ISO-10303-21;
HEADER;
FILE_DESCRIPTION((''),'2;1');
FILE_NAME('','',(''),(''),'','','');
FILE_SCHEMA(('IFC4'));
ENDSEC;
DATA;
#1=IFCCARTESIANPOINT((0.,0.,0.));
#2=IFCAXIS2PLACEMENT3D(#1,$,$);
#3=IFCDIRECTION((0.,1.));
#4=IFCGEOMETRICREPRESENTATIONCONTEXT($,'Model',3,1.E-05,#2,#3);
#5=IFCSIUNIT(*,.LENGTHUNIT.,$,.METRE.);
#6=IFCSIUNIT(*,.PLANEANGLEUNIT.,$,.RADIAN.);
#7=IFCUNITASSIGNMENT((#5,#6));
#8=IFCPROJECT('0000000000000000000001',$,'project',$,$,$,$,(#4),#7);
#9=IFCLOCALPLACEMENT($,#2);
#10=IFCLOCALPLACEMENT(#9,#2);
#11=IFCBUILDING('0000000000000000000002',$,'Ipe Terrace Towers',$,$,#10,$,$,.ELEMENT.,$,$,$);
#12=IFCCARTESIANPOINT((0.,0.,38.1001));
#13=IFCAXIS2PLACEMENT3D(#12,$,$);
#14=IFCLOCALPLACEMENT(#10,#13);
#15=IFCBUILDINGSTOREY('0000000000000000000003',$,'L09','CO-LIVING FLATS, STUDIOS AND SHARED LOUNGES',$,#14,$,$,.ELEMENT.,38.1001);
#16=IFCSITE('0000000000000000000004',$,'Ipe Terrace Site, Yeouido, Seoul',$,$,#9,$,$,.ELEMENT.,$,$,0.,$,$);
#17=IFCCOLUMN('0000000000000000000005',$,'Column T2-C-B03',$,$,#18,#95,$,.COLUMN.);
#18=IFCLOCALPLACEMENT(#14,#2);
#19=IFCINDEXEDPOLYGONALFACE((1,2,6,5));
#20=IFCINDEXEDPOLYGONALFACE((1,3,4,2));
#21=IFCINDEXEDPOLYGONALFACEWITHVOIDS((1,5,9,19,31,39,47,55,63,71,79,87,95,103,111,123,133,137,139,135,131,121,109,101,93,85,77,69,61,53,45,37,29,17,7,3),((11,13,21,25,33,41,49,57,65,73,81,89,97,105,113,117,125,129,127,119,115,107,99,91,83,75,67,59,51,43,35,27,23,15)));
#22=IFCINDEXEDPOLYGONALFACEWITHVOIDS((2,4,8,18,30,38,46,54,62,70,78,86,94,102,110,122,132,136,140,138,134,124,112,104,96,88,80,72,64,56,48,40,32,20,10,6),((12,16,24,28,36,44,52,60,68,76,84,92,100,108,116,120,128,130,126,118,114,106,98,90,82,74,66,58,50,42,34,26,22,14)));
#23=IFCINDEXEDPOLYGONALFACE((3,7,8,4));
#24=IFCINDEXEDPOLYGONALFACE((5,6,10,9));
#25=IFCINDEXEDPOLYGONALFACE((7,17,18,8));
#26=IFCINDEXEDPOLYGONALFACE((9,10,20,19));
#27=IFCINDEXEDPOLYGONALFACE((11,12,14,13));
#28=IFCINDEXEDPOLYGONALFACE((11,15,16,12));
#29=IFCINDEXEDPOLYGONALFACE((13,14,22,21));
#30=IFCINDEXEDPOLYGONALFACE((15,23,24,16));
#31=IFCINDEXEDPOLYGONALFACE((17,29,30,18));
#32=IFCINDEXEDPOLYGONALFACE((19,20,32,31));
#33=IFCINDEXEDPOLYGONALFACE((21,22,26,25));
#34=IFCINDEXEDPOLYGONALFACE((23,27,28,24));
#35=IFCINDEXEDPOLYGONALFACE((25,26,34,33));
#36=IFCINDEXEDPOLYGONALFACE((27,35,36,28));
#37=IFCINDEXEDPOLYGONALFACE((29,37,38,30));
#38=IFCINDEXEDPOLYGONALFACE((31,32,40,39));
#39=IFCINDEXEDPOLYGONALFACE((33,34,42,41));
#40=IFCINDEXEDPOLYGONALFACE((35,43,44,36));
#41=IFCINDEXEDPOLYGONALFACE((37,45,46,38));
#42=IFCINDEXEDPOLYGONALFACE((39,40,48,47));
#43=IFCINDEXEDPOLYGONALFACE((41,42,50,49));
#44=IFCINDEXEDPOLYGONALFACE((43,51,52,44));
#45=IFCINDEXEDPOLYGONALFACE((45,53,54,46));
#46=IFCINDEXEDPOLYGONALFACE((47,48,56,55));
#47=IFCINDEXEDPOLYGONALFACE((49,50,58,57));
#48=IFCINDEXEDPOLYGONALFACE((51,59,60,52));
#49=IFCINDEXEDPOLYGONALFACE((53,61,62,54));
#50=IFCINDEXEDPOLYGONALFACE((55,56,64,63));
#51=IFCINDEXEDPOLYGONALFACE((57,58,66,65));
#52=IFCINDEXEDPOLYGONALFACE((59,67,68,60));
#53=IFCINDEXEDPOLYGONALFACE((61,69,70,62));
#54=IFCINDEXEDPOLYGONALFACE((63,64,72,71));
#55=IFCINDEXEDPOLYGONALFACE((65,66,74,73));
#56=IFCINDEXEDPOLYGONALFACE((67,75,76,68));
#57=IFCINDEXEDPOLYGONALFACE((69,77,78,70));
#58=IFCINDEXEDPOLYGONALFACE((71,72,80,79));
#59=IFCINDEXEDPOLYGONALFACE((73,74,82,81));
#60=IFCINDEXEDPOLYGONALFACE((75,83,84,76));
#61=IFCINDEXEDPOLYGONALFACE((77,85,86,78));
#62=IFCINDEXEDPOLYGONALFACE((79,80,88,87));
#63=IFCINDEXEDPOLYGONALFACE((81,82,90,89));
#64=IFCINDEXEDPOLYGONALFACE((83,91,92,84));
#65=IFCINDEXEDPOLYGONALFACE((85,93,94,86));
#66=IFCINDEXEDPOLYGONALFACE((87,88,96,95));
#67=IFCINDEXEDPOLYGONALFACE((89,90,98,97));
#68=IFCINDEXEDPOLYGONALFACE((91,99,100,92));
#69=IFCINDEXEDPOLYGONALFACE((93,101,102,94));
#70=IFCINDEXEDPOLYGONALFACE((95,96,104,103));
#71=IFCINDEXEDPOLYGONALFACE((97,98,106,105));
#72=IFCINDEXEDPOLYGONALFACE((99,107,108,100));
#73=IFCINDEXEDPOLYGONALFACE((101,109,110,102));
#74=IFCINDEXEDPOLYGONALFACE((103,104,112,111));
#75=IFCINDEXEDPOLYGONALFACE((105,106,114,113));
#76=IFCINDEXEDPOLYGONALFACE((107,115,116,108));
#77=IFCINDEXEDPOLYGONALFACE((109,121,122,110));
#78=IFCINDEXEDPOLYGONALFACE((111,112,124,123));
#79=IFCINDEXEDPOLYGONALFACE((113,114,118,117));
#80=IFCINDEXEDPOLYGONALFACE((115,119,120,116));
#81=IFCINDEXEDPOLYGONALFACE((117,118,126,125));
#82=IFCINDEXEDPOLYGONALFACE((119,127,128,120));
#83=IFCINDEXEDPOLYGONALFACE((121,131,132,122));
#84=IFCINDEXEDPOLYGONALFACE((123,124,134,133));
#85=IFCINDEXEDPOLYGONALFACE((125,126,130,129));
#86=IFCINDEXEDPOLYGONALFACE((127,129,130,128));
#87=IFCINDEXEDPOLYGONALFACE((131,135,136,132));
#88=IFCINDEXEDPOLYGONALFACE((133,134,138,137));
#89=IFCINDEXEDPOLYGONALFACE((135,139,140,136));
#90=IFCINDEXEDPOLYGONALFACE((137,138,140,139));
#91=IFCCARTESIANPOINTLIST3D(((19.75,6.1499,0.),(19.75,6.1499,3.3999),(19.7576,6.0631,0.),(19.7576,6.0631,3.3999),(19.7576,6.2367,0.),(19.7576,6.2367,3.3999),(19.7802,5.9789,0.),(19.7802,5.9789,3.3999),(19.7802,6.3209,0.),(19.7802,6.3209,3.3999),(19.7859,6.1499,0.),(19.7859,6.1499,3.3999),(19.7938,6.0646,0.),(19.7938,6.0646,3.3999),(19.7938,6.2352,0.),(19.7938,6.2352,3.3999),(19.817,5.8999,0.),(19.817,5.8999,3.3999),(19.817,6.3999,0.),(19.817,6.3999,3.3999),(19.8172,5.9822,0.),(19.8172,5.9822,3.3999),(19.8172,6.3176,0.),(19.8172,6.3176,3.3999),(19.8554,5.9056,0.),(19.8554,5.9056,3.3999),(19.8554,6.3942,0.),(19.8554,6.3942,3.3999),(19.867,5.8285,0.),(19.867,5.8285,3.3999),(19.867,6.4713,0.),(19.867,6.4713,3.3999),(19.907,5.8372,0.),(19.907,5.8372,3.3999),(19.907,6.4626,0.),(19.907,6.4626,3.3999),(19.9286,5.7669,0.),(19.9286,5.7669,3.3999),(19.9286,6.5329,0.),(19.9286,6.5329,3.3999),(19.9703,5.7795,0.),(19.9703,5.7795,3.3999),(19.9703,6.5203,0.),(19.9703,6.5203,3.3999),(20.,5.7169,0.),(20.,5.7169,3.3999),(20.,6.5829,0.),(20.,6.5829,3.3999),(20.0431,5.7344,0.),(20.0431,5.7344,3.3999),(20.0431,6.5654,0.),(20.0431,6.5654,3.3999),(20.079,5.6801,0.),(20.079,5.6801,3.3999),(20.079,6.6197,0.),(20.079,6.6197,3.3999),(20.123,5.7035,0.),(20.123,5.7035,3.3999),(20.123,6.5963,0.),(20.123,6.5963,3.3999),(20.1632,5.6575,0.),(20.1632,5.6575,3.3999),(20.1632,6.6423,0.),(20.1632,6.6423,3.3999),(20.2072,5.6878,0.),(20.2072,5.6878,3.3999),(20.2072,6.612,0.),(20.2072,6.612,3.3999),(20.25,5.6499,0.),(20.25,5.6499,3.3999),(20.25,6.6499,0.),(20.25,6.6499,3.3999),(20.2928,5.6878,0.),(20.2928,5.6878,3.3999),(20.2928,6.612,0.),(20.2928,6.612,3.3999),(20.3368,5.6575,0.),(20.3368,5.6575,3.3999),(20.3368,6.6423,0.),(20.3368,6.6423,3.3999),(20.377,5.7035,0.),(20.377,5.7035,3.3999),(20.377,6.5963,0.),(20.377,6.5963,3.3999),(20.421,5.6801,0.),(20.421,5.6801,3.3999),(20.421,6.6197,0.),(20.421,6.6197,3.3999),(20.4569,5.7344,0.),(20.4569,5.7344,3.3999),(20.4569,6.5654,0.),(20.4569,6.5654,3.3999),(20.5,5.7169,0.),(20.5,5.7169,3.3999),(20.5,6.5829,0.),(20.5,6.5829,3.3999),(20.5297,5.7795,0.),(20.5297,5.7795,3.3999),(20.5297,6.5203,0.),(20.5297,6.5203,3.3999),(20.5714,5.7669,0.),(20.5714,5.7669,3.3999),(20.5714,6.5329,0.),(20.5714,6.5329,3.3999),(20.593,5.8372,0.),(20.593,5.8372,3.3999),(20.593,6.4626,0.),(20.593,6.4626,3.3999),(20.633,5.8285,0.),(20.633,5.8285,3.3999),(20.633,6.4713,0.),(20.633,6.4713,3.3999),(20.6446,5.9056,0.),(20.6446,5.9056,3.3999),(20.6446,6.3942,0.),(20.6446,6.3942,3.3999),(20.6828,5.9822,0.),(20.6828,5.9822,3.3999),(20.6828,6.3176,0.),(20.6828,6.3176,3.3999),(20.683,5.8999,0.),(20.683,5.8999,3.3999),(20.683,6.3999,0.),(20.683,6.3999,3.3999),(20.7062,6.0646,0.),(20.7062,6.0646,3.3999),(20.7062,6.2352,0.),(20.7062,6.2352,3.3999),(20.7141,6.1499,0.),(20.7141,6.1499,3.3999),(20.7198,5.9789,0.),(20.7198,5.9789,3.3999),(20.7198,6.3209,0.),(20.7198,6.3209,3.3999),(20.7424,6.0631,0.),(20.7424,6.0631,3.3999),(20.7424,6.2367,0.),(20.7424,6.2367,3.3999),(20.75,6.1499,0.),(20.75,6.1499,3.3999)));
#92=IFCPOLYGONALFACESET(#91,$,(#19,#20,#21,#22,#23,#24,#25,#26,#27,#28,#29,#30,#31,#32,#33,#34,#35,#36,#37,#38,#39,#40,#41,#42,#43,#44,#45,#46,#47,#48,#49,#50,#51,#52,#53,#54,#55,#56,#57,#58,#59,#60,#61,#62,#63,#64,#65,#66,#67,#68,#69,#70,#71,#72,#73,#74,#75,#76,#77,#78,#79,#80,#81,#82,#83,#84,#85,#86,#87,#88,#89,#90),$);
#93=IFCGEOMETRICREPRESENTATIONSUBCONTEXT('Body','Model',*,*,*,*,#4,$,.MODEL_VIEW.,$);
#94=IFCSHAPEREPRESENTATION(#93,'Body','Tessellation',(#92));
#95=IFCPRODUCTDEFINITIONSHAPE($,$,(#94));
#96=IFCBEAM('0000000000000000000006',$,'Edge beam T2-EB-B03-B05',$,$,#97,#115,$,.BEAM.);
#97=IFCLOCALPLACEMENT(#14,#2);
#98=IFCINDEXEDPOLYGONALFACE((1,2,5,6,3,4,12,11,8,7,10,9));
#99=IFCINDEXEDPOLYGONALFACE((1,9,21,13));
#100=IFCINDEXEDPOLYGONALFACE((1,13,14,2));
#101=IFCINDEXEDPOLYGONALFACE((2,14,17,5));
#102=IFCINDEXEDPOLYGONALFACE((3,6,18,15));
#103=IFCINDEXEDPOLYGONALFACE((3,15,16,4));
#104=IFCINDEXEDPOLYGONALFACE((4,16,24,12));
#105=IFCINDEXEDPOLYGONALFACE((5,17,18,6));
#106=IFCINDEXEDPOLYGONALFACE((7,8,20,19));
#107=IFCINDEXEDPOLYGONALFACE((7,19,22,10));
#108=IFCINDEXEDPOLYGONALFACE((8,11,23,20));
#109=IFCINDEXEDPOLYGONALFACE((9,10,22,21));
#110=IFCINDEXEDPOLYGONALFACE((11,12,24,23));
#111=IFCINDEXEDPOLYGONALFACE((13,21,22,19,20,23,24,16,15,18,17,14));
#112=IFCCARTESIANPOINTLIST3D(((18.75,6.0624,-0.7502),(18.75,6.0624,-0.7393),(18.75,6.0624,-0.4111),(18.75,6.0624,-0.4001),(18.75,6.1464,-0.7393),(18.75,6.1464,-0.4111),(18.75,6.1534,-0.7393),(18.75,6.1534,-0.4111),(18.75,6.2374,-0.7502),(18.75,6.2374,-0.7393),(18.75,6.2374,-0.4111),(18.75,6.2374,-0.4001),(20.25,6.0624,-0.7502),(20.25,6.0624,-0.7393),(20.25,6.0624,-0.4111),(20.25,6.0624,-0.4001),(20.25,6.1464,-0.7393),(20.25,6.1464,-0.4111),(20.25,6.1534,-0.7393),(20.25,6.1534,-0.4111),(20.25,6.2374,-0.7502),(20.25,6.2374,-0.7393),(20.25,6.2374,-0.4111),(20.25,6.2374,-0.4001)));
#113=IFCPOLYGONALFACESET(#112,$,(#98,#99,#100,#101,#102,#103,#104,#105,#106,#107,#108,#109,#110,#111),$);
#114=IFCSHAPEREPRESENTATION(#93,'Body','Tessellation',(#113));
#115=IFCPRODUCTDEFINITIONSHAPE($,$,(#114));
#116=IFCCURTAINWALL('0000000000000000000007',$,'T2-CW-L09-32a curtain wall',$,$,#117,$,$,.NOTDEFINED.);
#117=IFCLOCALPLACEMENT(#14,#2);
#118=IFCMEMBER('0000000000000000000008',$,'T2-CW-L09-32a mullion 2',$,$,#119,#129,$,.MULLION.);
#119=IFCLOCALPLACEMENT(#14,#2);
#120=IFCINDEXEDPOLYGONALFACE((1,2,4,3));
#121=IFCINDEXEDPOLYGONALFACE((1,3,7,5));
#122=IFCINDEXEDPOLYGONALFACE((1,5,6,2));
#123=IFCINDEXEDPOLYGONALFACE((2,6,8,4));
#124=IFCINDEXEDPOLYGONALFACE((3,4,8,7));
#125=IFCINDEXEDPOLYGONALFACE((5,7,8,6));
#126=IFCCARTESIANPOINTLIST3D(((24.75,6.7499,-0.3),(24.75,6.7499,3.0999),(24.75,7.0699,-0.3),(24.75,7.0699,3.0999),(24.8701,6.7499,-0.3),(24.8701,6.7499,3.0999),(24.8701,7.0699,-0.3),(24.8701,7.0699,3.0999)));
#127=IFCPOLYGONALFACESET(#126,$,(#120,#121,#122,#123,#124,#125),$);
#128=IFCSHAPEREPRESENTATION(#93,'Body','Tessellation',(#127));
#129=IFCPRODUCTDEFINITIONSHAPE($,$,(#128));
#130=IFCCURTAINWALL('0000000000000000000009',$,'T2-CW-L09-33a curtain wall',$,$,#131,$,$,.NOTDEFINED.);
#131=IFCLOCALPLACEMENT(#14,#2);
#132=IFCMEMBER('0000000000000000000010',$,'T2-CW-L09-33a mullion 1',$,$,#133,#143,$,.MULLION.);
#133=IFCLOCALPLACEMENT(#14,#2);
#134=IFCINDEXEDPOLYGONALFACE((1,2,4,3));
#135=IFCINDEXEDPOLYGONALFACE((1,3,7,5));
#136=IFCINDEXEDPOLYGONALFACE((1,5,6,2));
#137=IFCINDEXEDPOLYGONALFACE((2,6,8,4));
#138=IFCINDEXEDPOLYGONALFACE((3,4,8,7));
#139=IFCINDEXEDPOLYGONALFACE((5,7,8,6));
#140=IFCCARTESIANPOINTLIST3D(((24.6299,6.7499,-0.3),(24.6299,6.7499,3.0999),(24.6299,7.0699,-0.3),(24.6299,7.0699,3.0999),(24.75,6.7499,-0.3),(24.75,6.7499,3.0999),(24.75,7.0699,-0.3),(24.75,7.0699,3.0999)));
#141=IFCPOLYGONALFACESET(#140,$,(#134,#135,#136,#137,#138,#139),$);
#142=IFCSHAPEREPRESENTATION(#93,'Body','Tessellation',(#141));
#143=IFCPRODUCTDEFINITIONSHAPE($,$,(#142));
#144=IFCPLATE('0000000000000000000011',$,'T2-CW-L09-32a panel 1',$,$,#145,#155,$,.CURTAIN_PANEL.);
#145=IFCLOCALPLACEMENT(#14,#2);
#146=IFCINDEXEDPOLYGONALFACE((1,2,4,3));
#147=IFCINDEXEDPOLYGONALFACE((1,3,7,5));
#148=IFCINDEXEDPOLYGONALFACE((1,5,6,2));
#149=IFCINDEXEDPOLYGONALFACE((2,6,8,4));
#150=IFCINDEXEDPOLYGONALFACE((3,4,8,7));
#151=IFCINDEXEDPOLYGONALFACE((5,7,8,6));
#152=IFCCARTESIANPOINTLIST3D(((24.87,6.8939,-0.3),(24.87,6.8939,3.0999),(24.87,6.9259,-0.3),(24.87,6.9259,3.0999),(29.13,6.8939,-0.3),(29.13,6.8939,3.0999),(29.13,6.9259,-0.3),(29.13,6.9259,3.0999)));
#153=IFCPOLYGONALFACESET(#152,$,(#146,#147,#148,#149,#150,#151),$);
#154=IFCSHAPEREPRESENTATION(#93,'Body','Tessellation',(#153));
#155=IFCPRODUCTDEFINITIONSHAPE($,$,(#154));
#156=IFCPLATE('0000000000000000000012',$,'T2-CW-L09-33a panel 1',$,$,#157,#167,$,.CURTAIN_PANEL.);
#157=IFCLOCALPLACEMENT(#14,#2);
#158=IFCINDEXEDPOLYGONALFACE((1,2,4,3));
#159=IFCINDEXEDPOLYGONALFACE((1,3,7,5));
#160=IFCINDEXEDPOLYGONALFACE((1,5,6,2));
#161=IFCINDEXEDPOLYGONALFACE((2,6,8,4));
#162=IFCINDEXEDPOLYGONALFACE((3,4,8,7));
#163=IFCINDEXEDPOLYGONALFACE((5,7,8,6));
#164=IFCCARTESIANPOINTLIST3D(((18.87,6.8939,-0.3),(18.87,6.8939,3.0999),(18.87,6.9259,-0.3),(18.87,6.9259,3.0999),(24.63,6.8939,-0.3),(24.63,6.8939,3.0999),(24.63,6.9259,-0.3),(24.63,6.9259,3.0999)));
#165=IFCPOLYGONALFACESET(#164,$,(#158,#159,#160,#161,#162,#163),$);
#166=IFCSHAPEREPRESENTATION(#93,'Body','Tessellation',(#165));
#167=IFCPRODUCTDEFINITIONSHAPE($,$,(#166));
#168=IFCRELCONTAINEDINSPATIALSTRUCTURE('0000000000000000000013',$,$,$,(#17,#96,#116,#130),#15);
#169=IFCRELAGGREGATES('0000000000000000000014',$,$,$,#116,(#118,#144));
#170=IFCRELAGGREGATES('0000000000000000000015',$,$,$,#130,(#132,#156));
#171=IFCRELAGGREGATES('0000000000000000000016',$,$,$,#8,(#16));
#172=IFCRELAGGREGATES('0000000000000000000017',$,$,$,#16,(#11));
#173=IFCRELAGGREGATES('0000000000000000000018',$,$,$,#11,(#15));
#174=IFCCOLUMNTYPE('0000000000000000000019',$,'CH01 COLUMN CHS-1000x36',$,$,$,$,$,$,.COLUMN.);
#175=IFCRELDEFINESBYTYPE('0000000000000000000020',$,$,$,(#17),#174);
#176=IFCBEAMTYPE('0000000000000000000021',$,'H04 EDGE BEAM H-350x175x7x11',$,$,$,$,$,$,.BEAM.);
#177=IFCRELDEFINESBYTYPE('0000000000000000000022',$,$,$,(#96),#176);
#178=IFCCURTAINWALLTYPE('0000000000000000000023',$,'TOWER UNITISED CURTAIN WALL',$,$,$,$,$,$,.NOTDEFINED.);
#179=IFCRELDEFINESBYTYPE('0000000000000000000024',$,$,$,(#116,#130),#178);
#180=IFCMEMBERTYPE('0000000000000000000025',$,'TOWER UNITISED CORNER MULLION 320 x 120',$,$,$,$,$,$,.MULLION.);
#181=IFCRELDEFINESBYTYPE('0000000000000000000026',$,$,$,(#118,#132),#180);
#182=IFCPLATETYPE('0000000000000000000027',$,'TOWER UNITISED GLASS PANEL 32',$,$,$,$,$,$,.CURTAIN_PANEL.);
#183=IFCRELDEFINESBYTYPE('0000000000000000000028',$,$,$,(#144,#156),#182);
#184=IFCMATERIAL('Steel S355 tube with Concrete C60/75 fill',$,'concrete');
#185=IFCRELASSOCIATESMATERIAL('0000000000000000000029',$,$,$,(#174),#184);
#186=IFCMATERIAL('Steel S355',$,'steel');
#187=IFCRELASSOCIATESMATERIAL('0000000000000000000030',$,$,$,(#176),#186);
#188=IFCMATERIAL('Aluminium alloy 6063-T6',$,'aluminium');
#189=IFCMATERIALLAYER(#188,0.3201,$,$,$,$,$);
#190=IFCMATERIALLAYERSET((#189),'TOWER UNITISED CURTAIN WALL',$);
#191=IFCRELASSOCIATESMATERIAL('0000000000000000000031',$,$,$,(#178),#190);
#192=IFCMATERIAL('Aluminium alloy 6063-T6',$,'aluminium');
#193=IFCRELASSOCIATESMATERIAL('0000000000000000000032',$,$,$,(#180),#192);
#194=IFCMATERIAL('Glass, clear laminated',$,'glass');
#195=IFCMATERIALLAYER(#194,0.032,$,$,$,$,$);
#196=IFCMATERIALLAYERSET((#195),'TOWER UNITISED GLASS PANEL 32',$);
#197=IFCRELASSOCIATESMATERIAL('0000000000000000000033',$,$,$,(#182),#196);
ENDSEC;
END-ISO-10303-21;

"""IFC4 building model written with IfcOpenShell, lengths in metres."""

from ifc_helpers import new_model, si_unit, direction, frame, origin, origin_2d, place, context, subcontext, project, spatial, rectangle, hollow_circle, i_section, extrude, material, layer, layer_set, material_profile, profile_set, type_object, element, aggregate, save


model = new_model("IFC4")

# Units and contexts
model_context = context("Model", 3, precision=1e-05, world=origin(), true_north=direction((0.0, 1.0)))
body_context = subcontext(model_context, "Body", "Model", "MODEL_VIEW")
ifc_project = project(units=[si_unit("LENGTHUNIT", "METRE"), si_unit("PLANEANGLEUNIT", "RADIAN")], contexts=[model_context])

# Site, building, storey
site_placement = place(None, origin())
site = spatial("IfcSite", under=ifc_project, at=site_placement, Name="Ipe Terrace Site, Yeouido, Seoul", CompositionType="ELEMENT", RefElevation=0.0)
building_placement = place(site_placement, origin())
building = spatial("IfcBuilding", under=site, at=building_placement, Name="Ipe Terrace Towers", CompositionType="ELEMENT")
storey_placement = place(building_placement, frame((0.0, 0.0, 38.1001)))
storey = spatial("IfcBuildingStorey", under=building, at=storey_placement, Name="L09", Description="CO-LIVING FLATS, STUDIOS AND SHARED LOUNGES", CompositionType="ELEMENT", Elevation=38.1001)

# Column
ifc_material_1 = material(Name="Steel S355 tube with Concrete C60/75 fill", Category="concrete")
ifc_material_profile_1 = material_profile(ifc_material_1, hollow_circle(Radius=0.5, WallThickness=0.0359, at=origin_2d()), Name="CHS-1000x36")
ifc_profile_set_1 = profile_set([ifc_material_profile_1], Name="Steel S355 tube with Concrete C60/75 fill")
column_type = type_object("IfcColumnType", Name="CH01 COLUMN CHS-1000x36", PredefinedType="COLUMN", material=ifc_profile_set_1)
column_placement = place(storey_placement, frame((20.25, 6.1499, 0.0), z_axis=(0.0, 0.0, 1.0), x_axis=(1.0, 0.0, 0.0)))
element("IfcColumn", 1, at=column_placement, inside=storey, type_object=column_type, Name="Column T2-C-B03", PredefinedType="COLUMN", context=body_context, shape_type="SweptSolid", body=[
    extrude(hollow_circle(Radius=0.5, WallThickness=0.0359, at=origin_2d()), origin(), (0.0, 0.0, 1.0), 3.3999),
])

# Beam
ifc_material_2 = material(Name="Steel S355", Category="steel")
ifc_material_profile_2 = material_profile(ifc_material_2, i_section(OverallWidth=0.175, OverallDepth=0.3501, WebThickness=0.0071, FlangeThickness=0.011, at=origin_2d()), Name="H-350x175x7x11")
ifc_profile_set_2 = profile_set([ifc_material_profile_2], Name="Steel S355")
beam_type = type_object("IfcBeamType", Name="H04 EDGE BEAM H-350x175x7x11", PredefinedType="BEAM", material=ifc_profile_set_2)
beam_placement = place(storey_placement, frame((20.25, 6.1499, -0.5752), z_axis=(-1.0, 0.0, 0.0), x_axis=(0.0, -1.0, 0.0)))
element("IfcBeam", 2, at=beam_placement, inside=storey, type_object=beam_type, Name="Edge beam T2-EB-B03-B05", PredefinedType="BEAM", context=body_context, shape_type="SweptSolid", body=[
    extrude(i_section(OverallWidth=0.175, OverallDepth=0.3501, WebThickness=0.0071, FlangeThickness=0.011, at=origin_2d()), origin(), (0.0, 0.0, 1.0), 1.5),
])

# Curtain walls, members
ifc_material_3 = material(Name="Aluminium alloy 6063-T6", Category="aluminium")
ifc_layer_1 = layer(ifc_material_3, 0.3201)
ifc_layer_set_1 = layer_set([ifc_layer_1], Name="TOWER UNITISED CURTAIN WALL")
curtain_wall_type = type_object("IfcCurtainWallType", Name="TOWER UNITISED CURTAIN WALL", PredefinedType="NOTDEFINED", material=ifc_layer_set_1)
curtain_wall_1_placement = place(storey_placement, origin())
curtain_wall_1 = element("IfcCurtainWall", 3, at=curtain_wall_1_placement, inside=storey, type_object=curtain_wall_type, Name="T2-CW-L09-32a curtain wall", PredefinedType="NOTDEFINED")
ifc_material_4 = material(Name="Aluminium alloy 6063-T6", Category="aluminium")
ifc_material_profile_3 = material_profile(ifc_material_4, rectangle(XDim=0.3201, YDim=0.1201, at=origin_2d()), Name="TOWER UNITISED CORNER MULLION 320 x 120")
ifc_profile_set_3 = profile_set([ifc_material_profile_3], Name="Aluminium alloy 6063-T6")
member_type = type_object("IfcMemberType", Name="TOWER UNITISED CORNER MULLION 320 x 120", PredefinedType="MULLION", material=ifc_profile_set_3)
member_1_placement = place(storey_placement, frame((24.8101, 6.9099, -0.3), z_axis=(0.0, 0.0, 1.0), x_axis=(0.0, 1.0, 0.0)))
member_1 = element("IfcMember", 4, at=member_1_placement, type_object=member_type, Name="T2-CW-L09-32a mullion 2", PredefinedType="MULLION", context=body_context, shape_type="SweptSolid", body=[
    extrude(rectangle(XDim=0.3201, YDim=0.1201, at=origin_2d()), origin(), (0.0, 0.0, 1.0), 3.3999),
])
curtain_wall_2_placement = place(storey_placement, origin())
curtain_wall_2 = element("IfcCurtainWall", 5, at=curtain_wall_2_placement, inside=storey, type_object=curtain_wall_type, Name="T2-CW-L09-33a curtain wall", PredefinedType="NOTDEFINED")
member_2_placement = place(storey_placement, frame((24.6899, 6.9099, -0.3), z_axis=(0.0, 0.0, 1.0), x_axis=(0.0, 1.0, 0.0)))
member_2 = element("IfcMember", 6, at=member_2_placement, type_object=member_type, Name="T2-CW-L09-33a mullion 1", PredefinedType="MULLION", context=body_context, shape_type="SweptSolid", body=[
    extrude(rectangle(XDim=0.3201, YDim=0.1201, at=origin_2d()), origin(), (0.0, 0.0, 1.0), 3.3999),
])

# Plates
ifc_material_5 = material(Name="Glass, clear laminated", Category="glass")
ifc_layer_2 = layer(ifc_material_5, 0.032)
ifc_layer_set_2 = layer_set([ifc_layer_2], Name="TOWER UNITISED GLASS PANEL 32")
plate_type = type_object("IfcPlateType", Name="TOWER UNITISED GLASS PANEL 32", PredefinedType="CURTAIN_PANEL", material=ifc_layer_set_2)
plate_1_placement = place(storey_placement, frame((27.0, 6.9099, -0.3), z_axis=(0.0, 0.0, 1.0), x_axis=(-1.0, 0.0, 0.0)))
plate_1 = element("IfcPlate", 7, at=plate_1_placement, type_object=plate_type, Name="T2-CW-L09-32a panel 1", PredefinedType="CURTAIN_PANEL", context=body_context, shape_type="SweptSolid", body=[
    extrude(rectangle(XDim=4.26, YDim=0.032, at=origin_2d()), origin(), (0.0, 0.0, 1.0), 3.3999),
])
aggregate(curtain_wall_1, [member_1, plate_1])
plate_2_placement = place(storey_placement, frame((21.75, 6.9099, -0.3), z_axis=(0.0, 0.0, 1.0), x_axis=(-1.0, 0.0, 0.0)))
plate_2 = element("IfcPlate", 8, at=plate_2_placement, type_object=plate_type, Name="T2-CW-L09-33a panel 1", PredefinedType="CURTAIN_PANEL", context=body_context, shape_type="SweptSolid", body=[
    extrude(rectangle(XDim=5.76, YDim=0.032, at=origin_2d()), origin(), (0.0, 0.0, 1.0), 3.3999),
])
aggregate(curtain_wall_2, [member_2, plate_2])

save(model, "model.ifc")
